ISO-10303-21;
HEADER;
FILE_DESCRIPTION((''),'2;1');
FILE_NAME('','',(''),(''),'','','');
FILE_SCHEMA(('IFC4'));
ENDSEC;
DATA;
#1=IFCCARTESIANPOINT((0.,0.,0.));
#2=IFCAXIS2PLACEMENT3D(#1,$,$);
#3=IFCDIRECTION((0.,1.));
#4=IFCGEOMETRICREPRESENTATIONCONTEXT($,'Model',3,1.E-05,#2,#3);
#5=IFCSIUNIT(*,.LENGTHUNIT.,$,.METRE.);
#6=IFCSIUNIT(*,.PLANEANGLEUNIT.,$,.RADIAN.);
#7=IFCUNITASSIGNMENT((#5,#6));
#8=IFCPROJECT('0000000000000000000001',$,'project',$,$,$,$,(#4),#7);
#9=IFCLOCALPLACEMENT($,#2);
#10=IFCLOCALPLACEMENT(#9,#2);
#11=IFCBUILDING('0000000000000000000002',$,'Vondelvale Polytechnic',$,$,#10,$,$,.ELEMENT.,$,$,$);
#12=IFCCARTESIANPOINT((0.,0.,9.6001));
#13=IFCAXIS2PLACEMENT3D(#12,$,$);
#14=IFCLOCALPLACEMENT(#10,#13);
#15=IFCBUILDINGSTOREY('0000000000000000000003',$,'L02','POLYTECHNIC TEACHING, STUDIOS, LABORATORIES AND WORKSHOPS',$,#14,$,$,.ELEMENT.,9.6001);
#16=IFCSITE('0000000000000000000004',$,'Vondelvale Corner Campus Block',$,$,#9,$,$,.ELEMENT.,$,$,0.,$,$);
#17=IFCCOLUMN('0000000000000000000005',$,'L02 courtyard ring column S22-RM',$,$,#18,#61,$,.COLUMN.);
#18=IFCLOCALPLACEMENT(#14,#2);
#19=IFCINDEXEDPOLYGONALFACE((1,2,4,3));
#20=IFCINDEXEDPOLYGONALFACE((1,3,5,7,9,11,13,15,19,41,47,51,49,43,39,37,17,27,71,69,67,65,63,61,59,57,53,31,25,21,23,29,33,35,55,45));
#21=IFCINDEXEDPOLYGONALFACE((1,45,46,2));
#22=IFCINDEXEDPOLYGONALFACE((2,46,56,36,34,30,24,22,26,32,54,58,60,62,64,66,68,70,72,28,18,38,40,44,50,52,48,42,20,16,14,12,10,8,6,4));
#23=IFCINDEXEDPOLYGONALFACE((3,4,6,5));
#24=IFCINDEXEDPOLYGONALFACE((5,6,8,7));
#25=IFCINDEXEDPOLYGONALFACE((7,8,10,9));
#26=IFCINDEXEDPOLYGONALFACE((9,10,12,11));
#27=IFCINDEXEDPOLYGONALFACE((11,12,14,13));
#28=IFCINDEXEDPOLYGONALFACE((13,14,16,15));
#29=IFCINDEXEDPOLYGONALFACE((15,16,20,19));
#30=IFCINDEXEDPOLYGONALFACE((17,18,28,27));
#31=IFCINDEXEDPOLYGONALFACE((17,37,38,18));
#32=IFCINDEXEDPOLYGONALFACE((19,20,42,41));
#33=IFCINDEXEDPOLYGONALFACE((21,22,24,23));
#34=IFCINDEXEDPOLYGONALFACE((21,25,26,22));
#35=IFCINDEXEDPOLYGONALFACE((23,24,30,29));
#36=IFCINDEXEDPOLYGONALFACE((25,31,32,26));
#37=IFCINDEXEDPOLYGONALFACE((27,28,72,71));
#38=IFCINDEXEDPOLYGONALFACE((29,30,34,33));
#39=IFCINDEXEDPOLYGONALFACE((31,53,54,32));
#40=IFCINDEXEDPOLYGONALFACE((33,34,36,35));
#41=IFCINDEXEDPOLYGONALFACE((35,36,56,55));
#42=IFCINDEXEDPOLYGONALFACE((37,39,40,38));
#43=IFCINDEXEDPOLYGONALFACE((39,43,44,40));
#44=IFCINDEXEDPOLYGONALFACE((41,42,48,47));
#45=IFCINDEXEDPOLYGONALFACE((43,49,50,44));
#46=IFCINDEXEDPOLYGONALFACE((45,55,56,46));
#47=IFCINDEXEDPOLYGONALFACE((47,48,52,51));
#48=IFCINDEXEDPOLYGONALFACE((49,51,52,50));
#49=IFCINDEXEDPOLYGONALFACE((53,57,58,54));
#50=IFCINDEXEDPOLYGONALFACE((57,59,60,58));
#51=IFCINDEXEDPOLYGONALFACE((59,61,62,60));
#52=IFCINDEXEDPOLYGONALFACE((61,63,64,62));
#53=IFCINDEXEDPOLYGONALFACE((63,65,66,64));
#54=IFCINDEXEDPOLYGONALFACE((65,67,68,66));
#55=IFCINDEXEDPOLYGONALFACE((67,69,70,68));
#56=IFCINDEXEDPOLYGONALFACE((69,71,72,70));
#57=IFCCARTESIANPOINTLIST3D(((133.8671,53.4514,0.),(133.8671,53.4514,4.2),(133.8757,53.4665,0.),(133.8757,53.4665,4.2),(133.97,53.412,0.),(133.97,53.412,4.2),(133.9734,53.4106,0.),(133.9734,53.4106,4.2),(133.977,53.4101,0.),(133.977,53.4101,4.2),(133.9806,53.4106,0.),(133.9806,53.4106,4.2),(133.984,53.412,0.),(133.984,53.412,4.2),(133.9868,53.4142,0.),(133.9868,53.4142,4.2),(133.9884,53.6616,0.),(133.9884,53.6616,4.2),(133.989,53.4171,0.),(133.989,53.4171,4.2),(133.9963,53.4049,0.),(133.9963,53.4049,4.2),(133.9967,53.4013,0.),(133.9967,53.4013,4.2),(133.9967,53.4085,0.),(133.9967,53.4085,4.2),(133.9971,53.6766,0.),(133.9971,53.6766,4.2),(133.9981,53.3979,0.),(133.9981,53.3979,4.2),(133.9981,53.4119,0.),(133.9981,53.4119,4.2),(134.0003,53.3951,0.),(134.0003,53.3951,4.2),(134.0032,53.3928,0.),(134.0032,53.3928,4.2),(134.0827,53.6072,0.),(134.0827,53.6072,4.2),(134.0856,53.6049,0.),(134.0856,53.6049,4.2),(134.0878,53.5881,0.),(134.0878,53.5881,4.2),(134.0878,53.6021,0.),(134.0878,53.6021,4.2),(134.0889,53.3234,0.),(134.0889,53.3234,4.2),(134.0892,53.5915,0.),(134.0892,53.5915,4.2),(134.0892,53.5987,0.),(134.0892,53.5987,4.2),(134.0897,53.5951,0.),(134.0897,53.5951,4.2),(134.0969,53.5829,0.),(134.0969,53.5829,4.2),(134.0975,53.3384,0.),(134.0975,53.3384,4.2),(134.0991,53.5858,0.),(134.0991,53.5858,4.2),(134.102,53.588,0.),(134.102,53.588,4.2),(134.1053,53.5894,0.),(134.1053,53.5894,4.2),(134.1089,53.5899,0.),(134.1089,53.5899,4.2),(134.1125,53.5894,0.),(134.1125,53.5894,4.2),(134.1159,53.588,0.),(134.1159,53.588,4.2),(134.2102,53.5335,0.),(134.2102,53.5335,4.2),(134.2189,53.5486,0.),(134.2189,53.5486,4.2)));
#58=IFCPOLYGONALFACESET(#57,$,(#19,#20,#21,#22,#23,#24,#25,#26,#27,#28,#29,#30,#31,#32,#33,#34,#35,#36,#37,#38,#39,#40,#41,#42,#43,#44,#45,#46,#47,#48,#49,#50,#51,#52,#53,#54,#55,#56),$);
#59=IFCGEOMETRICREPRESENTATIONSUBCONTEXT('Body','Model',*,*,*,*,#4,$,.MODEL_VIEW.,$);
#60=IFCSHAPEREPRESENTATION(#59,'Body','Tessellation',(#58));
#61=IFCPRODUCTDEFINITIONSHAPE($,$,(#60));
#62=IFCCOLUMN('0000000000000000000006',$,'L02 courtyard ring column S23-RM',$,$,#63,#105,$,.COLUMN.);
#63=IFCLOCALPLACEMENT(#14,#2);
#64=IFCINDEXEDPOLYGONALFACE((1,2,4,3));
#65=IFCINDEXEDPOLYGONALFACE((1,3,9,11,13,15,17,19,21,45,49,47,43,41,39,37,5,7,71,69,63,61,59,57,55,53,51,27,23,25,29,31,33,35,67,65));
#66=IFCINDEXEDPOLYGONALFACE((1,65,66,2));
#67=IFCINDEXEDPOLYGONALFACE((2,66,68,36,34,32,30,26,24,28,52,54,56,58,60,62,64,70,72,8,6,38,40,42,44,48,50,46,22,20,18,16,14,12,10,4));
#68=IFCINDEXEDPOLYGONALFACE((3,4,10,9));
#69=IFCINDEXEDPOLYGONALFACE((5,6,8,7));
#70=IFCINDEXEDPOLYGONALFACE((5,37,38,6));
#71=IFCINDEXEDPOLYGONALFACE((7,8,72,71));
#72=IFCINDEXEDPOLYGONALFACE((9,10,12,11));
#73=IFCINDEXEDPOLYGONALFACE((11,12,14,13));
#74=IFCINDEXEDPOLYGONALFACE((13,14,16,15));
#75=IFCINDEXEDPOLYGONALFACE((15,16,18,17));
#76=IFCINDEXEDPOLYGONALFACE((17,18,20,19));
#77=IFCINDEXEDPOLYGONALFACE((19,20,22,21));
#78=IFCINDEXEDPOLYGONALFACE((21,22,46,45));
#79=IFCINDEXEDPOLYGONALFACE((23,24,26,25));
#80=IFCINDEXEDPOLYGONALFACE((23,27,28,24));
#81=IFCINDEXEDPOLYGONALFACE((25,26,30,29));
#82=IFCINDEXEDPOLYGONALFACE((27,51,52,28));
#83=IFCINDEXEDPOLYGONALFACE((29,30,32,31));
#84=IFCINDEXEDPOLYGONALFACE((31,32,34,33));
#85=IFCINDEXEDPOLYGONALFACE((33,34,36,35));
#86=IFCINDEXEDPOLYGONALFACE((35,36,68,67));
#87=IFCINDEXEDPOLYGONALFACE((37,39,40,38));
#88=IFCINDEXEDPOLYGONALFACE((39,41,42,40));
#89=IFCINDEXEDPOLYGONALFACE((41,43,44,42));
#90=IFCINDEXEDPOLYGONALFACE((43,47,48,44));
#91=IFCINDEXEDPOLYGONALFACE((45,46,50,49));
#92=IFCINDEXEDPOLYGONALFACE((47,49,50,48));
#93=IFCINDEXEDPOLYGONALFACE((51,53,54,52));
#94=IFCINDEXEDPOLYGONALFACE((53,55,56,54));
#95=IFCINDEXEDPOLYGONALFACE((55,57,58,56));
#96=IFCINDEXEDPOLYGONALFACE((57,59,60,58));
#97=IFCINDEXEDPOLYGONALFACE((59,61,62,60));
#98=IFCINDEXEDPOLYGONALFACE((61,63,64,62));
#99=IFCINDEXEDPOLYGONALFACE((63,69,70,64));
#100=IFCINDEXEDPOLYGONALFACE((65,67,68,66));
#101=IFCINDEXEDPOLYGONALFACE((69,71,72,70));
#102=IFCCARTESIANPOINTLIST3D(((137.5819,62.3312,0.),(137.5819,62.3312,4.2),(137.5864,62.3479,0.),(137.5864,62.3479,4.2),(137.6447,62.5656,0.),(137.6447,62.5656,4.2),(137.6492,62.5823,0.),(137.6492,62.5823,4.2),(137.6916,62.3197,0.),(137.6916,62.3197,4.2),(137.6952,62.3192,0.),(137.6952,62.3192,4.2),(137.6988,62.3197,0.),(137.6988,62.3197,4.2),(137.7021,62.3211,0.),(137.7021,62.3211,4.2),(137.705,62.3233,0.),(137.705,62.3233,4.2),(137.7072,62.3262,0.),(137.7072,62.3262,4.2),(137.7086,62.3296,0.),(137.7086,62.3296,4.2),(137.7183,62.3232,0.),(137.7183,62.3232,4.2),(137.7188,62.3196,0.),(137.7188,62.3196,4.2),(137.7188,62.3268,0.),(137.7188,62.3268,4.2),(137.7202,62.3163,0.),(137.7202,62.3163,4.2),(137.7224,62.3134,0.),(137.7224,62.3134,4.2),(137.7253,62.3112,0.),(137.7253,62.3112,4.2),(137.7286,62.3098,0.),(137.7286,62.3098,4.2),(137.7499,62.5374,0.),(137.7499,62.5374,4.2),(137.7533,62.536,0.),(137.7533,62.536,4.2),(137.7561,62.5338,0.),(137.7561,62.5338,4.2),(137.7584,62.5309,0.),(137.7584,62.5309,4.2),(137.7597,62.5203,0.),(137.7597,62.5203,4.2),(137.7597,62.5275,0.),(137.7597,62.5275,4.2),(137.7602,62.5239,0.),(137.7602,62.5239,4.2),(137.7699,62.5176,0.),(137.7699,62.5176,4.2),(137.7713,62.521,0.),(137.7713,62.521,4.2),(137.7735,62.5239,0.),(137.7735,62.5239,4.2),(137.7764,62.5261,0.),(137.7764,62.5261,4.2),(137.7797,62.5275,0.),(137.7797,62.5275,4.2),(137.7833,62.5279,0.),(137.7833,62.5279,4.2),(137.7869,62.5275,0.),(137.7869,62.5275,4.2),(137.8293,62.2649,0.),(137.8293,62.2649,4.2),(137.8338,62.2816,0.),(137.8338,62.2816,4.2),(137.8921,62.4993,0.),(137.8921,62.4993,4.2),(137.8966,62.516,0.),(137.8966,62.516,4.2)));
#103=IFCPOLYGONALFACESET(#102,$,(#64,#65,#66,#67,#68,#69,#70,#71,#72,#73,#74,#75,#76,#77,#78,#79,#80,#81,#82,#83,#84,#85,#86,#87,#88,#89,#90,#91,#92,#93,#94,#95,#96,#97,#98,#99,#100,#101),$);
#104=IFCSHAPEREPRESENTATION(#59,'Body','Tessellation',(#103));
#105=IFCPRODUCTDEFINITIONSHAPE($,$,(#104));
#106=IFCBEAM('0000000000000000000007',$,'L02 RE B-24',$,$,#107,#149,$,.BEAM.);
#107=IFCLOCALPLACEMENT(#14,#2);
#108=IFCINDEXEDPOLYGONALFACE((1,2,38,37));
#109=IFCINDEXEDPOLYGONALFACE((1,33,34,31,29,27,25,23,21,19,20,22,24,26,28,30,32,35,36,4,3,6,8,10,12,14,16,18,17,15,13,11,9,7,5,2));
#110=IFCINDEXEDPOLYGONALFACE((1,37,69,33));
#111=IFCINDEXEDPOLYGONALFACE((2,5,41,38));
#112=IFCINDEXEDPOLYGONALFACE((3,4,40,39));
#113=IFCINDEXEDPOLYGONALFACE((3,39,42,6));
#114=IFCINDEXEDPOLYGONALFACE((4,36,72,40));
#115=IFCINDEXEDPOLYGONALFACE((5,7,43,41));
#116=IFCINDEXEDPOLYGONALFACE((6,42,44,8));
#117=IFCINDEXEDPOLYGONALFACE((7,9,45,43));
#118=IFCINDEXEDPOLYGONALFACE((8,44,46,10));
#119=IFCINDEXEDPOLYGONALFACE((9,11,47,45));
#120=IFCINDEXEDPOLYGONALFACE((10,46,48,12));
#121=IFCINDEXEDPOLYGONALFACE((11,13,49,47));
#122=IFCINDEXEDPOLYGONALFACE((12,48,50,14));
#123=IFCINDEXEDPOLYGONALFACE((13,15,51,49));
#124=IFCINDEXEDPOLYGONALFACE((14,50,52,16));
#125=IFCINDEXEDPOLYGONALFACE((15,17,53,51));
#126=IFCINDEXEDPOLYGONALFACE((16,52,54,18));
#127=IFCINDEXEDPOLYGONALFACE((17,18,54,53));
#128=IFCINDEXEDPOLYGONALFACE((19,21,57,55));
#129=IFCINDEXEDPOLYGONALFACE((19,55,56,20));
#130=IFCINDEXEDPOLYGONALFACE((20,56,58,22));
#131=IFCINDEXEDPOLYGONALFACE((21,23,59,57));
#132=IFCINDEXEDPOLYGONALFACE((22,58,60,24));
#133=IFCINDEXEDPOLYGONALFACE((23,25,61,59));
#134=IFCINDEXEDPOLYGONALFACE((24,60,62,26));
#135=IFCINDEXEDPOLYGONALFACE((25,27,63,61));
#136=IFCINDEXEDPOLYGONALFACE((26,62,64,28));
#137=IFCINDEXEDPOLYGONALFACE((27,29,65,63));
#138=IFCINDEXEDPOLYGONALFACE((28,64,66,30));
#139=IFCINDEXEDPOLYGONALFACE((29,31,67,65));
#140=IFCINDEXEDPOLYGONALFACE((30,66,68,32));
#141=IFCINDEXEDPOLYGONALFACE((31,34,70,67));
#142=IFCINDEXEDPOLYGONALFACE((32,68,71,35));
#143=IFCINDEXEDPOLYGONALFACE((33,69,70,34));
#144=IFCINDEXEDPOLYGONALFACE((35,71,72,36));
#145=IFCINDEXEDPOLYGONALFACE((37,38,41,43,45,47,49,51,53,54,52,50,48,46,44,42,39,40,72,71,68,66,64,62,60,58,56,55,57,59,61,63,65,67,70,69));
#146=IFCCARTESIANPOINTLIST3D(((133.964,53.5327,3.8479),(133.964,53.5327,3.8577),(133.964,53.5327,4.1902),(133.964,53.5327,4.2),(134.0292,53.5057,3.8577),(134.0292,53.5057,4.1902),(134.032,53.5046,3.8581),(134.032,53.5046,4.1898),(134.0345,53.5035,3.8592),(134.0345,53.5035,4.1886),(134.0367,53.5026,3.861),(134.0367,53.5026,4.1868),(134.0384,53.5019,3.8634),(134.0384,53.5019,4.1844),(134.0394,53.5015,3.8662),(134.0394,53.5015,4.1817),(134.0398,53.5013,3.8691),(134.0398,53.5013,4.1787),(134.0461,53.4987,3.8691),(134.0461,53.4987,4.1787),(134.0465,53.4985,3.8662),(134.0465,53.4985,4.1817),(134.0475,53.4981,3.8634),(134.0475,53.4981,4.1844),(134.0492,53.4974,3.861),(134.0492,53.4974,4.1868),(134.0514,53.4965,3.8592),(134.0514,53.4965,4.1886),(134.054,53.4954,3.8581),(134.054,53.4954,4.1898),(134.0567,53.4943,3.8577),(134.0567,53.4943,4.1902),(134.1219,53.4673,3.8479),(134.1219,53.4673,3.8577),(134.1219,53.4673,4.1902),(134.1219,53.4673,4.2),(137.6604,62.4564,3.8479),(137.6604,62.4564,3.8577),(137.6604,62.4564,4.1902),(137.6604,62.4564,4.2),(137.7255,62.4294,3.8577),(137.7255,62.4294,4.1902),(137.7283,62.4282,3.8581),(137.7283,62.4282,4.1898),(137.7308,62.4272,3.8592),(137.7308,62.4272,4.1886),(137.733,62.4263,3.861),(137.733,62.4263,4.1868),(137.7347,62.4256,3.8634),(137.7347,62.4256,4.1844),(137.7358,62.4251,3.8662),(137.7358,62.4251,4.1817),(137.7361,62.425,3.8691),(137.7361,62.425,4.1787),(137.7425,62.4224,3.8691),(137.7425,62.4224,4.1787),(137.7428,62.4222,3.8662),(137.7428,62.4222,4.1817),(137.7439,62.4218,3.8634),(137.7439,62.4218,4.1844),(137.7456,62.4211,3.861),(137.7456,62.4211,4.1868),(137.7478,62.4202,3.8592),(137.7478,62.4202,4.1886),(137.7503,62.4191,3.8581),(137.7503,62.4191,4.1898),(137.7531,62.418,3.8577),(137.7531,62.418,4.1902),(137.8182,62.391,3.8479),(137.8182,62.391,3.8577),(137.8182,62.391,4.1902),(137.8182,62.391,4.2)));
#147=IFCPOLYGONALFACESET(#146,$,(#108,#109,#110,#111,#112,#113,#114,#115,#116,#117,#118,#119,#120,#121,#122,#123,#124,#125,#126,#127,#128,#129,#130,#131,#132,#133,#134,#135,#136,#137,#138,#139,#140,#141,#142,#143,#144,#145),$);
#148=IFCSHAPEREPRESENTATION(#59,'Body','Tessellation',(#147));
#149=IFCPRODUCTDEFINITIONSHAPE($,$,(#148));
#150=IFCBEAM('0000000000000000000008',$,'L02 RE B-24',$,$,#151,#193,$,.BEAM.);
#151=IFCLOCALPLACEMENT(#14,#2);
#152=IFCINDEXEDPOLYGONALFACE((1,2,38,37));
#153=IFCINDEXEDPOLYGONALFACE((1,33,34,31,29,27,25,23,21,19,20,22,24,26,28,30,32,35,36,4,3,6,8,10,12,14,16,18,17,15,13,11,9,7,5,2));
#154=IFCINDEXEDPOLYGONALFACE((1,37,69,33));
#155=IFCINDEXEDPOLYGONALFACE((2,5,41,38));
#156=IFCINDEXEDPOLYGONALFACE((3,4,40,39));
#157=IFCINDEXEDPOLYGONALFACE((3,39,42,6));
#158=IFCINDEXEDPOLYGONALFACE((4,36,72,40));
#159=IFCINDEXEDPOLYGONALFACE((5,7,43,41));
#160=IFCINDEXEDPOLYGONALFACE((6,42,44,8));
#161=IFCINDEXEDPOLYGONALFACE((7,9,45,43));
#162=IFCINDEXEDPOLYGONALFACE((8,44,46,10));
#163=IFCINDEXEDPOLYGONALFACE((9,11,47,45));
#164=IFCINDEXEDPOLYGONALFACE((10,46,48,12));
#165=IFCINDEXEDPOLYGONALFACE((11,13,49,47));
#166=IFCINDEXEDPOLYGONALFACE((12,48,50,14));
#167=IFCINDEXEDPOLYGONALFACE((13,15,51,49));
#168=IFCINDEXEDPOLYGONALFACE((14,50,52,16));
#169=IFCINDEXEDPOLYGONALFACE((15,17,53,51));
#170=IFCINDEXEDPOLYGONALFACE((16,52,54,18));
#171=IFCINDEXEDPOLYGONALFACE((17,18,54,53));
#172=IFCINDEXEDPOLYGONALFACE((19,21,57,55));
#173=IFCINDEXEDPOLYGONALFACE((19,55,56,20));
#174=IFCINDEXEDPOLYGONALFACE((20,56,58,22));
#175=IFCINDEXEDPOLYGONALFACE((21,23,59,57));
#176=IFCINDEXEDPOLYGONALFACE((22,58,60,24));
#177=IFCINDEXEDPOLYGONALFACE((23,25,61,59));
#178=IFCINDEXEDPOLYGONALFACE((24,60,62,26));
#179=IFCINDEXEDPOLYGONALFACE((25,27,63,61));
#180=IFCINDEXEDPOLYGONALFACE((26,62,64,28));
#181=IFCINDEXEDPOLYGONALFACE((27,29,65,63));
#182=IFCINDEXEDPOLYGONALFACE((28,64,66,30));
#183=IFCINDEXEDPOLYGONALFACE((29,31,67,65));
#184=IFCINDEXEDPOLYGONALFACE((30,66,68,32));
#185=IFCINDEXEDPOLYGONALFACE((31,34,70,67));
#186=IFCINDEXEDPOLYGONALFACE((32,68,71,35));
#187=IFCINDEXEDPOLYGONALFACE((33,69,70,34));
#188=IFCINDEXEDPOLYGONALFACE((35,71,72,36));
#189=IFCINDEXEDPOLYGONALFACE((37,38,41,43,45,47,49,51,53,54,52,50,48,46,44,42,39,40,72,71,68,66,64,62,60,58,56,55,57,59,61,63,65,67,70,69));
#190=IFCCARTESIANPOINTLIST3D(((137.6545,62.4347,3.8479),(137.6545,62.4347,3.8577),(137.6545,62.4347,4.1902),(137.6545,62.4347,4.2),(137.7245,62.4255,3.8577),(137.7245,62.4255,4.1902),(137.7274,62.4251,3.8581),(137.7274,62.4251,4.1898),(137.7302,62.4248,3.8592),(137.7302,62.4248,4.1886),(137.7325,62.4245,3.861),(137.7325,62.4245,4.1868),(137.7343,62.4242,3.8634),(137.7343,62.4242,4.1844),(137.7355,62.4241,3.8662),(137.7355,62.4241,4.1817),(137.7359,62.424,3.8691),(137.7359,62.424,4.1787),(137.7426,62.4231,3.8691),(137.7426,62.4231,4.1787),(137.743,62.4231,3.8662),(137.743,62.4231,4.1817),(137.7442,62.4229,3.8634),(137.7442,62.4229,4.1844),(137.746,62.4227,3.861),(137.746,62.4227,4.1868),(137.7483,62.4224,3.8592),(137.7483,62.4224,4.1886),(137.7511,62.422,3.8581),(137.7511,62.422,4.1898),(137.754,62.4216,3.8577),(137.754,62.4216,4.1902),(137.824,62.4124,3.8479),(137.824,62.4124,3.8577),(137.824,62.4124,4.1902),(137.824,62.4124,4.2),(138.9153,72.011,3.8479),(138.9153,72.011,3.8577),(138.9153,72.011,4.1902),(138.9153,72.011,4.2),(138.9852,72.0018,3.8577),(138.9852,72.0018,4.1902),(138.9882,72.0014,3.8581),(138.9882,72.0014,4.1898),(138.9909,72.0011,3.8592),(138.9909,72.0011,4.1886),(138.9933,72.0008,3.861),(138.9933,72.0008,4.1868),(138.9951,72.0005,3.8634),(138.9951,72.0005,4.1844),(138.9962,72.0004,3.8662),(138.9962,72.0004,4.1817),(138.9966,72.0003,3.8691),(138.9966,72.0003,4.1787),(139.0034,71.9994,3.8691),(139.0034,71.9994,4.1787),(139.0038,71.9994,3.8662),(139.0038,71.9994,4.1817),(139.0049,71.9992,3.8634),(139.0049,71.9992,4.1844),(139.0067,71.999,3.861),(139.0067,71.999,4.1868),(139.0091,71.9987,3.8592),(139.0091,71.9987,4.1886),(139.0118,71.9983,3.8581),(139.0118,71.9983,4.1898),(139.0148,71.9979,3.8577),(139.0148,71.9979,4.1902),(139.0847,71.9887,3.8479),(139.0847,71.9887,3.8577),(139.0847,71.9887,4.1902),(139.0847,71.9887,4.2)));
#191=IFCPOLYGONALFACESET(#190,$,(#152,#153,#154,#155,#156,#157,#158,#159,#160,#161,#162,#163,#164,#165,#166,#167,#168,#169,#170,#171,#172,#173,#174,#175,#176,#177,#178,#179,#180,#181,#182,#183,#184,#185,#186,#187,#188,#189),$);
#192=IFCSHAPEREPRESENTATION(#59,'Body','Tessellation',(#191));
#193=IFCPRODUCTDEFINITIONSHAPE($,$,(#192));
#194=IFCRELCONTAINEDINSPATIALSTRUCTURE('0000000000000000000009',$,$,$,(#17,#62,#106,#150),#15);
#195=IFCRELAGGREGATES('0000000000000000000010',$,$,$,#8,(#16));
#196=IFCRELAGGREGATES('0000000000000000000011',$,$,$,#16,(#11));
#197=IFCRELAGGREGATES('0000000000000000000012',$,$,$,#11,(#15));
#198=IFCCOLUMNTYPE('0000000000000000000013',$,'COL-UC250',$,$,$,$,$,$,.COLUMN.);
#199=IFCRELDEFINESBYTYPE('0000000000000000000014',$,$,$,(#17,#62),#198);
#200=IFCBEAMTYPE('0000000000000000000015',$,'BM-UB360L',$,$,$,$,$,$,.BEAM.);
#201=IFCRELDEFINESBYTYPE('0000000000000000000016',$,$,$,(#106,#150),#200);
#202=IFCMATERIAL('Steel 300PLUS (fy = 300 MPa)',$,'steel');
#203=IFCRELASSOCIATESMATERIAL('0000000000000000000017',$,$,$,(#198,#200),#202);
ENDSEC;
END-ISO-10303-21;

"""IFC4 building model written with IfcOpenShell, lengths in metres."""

from ifc_helpers import new_model, si_unit, direction, frame, origin, origin_2d, place, context, subcontext, project, spatial, i_section, extrude, material, material_profile, profile_set, type_object, element, save


model = new_model("IFC4")

# Units and contexts
model_context = context("Model", 3, precision=1e-05, world=origin(), true_north=direction((0.0, 1.0)))
body_context = subcontext(model_context, "Body", "Model", "MODEL_VIEW")
ifc_project = project(units=[si_unit("LENGTHUNIT", "METRE"), si_unit("PLANEANGLEUNIT", "RADIAN")], contexts=[model_context])

# Site, building, storey
site_placement = place(None, origin())
site = spatial("IfcSite", under=ifc_project, at=site_placement, Name="Vondelvale Corner Campus Block", CompositionType="ELEMENT", RefElevation=0.0)
building_placement = place(site_placement, origin())
building = spatial("IfcBuilding", under=site, at=building_placement, Name="Vondelvale Polytechnic", CompositionType="ELEMENT")
storey_placement = place(building_placement, frame((0.0, 0.0, 9.6001)))
storey = spatial("IfcBuildingStorey", under=building, at=storey_placement, Name="L02", Description="POLYTECHNIC TEACHING, STUDIOS, LABORATORIES AND WORKSHOPS", CompositionType="ELEMENT", Elevation=9.6001)

# Columns
ifc_material_1 = material(Name="Steel 300PLUS (fy = 300 MPa)", Category="steel")
ifc_material_profile_1 = material_profile(ifc_material_1, i_section(OverallWidth=0.2561, OverallDepth=0.26, WebThickness=0.0105, FlangeThickness=0.0173, FilletRadius=0.0139, at=origin_2d()), Name="250UC89.5")
ifc_profile_set_1 = profile_set([ifc_material_profile_1], Name="Steel 300PLUS (fy = 300 MPa)")
column_type = type_object("IfcColumnType", Name="COL-UC250", PredefinedType="COLUMN", material=ifc_profile_set_1)
for number, where, z_axis, x_axis, name in (
    (1, (134.043, 53.5, 0.0), (0.0, 0.0, 1.0), (-0.866025, 0.5, 0.0), "L02 courtyard ring column S22-RM"),
    (2, (137.7393, 62.4236, 0.0), (0.0, 0.0, 1.0), (-0.965926, 0.258819, 0.0), "L02 courtyard ring column S23-RM"),
):
    element("IfcColumn", number, at=place(storey_placement, frame(where, z_axis=z_axis, x_axis=x_axis)), inside=storey, type_object=column_type, Name=name, PredefinedType="COLUMN", context=body_context, shape_type="SweptSolid", body=[
        extrude(i_section(OverallWidth=0.2561, OverallDepth=0.26, WebThickness=0.0105, FlangeThickness=0.0173, FilletRadius=0.0139, at=origin_2d()), origin(), (0.0, 0.0, 1.0), 4.2),
    ])

# Beams
ifc_material_profile_2 = material_profile(ifc_material_1, i_section(OverallWidth=0.1709, OverallDepth=0.3521, WebThickness=0.0068, FlangeThickness=0.0098, FilletRadius=0.0115, at=origin_2d()), Name="360UB44.7")
ifc_profile_set_2 = profile_set([ifc_material_profile_2], Name="Steel 300PLUS (fy = 300 MPa)")
beam_type_1 = type_object("IfcBeamType", Name="BM-UB360L", PredefinedType="BEAM", material=ifc_profile_set_2)
for number, where, z_axis, x_axis, name in (
    (3, (134.043, 53.5, 4.0239), (0.382685, 0.923879, 0.0), (-0.923879, 0.382685, 0.0), "L02 RE B-24"),
    (4, (137.7393, 62.4236, 4.0239), (0.130524, 0.991445, 0.0), (-0.991445, 0.130524, 0.0), "L02 RE B-24"),
):
    element("IfcBeam", number, at=place(storey_placement, frame(where, z_axis=z_axis, x_axis=x_axis)), inside=storey, type_object=beam_type_1, Name=name, PredefinedType="BEAM", context=body_context, shape_type="SweptSolid", body=[
        extrude(i_section(OverallWidth=0.1709, OverallDepth=0.3521, WebThickness=0.0068, FlangeThickness=0.0098, FilletRadius=0.0115, at=origin_2d()), origin(), (0.0, 0.0, 1.0), 9.6589),
    ])

save(model, "model.ifc")
